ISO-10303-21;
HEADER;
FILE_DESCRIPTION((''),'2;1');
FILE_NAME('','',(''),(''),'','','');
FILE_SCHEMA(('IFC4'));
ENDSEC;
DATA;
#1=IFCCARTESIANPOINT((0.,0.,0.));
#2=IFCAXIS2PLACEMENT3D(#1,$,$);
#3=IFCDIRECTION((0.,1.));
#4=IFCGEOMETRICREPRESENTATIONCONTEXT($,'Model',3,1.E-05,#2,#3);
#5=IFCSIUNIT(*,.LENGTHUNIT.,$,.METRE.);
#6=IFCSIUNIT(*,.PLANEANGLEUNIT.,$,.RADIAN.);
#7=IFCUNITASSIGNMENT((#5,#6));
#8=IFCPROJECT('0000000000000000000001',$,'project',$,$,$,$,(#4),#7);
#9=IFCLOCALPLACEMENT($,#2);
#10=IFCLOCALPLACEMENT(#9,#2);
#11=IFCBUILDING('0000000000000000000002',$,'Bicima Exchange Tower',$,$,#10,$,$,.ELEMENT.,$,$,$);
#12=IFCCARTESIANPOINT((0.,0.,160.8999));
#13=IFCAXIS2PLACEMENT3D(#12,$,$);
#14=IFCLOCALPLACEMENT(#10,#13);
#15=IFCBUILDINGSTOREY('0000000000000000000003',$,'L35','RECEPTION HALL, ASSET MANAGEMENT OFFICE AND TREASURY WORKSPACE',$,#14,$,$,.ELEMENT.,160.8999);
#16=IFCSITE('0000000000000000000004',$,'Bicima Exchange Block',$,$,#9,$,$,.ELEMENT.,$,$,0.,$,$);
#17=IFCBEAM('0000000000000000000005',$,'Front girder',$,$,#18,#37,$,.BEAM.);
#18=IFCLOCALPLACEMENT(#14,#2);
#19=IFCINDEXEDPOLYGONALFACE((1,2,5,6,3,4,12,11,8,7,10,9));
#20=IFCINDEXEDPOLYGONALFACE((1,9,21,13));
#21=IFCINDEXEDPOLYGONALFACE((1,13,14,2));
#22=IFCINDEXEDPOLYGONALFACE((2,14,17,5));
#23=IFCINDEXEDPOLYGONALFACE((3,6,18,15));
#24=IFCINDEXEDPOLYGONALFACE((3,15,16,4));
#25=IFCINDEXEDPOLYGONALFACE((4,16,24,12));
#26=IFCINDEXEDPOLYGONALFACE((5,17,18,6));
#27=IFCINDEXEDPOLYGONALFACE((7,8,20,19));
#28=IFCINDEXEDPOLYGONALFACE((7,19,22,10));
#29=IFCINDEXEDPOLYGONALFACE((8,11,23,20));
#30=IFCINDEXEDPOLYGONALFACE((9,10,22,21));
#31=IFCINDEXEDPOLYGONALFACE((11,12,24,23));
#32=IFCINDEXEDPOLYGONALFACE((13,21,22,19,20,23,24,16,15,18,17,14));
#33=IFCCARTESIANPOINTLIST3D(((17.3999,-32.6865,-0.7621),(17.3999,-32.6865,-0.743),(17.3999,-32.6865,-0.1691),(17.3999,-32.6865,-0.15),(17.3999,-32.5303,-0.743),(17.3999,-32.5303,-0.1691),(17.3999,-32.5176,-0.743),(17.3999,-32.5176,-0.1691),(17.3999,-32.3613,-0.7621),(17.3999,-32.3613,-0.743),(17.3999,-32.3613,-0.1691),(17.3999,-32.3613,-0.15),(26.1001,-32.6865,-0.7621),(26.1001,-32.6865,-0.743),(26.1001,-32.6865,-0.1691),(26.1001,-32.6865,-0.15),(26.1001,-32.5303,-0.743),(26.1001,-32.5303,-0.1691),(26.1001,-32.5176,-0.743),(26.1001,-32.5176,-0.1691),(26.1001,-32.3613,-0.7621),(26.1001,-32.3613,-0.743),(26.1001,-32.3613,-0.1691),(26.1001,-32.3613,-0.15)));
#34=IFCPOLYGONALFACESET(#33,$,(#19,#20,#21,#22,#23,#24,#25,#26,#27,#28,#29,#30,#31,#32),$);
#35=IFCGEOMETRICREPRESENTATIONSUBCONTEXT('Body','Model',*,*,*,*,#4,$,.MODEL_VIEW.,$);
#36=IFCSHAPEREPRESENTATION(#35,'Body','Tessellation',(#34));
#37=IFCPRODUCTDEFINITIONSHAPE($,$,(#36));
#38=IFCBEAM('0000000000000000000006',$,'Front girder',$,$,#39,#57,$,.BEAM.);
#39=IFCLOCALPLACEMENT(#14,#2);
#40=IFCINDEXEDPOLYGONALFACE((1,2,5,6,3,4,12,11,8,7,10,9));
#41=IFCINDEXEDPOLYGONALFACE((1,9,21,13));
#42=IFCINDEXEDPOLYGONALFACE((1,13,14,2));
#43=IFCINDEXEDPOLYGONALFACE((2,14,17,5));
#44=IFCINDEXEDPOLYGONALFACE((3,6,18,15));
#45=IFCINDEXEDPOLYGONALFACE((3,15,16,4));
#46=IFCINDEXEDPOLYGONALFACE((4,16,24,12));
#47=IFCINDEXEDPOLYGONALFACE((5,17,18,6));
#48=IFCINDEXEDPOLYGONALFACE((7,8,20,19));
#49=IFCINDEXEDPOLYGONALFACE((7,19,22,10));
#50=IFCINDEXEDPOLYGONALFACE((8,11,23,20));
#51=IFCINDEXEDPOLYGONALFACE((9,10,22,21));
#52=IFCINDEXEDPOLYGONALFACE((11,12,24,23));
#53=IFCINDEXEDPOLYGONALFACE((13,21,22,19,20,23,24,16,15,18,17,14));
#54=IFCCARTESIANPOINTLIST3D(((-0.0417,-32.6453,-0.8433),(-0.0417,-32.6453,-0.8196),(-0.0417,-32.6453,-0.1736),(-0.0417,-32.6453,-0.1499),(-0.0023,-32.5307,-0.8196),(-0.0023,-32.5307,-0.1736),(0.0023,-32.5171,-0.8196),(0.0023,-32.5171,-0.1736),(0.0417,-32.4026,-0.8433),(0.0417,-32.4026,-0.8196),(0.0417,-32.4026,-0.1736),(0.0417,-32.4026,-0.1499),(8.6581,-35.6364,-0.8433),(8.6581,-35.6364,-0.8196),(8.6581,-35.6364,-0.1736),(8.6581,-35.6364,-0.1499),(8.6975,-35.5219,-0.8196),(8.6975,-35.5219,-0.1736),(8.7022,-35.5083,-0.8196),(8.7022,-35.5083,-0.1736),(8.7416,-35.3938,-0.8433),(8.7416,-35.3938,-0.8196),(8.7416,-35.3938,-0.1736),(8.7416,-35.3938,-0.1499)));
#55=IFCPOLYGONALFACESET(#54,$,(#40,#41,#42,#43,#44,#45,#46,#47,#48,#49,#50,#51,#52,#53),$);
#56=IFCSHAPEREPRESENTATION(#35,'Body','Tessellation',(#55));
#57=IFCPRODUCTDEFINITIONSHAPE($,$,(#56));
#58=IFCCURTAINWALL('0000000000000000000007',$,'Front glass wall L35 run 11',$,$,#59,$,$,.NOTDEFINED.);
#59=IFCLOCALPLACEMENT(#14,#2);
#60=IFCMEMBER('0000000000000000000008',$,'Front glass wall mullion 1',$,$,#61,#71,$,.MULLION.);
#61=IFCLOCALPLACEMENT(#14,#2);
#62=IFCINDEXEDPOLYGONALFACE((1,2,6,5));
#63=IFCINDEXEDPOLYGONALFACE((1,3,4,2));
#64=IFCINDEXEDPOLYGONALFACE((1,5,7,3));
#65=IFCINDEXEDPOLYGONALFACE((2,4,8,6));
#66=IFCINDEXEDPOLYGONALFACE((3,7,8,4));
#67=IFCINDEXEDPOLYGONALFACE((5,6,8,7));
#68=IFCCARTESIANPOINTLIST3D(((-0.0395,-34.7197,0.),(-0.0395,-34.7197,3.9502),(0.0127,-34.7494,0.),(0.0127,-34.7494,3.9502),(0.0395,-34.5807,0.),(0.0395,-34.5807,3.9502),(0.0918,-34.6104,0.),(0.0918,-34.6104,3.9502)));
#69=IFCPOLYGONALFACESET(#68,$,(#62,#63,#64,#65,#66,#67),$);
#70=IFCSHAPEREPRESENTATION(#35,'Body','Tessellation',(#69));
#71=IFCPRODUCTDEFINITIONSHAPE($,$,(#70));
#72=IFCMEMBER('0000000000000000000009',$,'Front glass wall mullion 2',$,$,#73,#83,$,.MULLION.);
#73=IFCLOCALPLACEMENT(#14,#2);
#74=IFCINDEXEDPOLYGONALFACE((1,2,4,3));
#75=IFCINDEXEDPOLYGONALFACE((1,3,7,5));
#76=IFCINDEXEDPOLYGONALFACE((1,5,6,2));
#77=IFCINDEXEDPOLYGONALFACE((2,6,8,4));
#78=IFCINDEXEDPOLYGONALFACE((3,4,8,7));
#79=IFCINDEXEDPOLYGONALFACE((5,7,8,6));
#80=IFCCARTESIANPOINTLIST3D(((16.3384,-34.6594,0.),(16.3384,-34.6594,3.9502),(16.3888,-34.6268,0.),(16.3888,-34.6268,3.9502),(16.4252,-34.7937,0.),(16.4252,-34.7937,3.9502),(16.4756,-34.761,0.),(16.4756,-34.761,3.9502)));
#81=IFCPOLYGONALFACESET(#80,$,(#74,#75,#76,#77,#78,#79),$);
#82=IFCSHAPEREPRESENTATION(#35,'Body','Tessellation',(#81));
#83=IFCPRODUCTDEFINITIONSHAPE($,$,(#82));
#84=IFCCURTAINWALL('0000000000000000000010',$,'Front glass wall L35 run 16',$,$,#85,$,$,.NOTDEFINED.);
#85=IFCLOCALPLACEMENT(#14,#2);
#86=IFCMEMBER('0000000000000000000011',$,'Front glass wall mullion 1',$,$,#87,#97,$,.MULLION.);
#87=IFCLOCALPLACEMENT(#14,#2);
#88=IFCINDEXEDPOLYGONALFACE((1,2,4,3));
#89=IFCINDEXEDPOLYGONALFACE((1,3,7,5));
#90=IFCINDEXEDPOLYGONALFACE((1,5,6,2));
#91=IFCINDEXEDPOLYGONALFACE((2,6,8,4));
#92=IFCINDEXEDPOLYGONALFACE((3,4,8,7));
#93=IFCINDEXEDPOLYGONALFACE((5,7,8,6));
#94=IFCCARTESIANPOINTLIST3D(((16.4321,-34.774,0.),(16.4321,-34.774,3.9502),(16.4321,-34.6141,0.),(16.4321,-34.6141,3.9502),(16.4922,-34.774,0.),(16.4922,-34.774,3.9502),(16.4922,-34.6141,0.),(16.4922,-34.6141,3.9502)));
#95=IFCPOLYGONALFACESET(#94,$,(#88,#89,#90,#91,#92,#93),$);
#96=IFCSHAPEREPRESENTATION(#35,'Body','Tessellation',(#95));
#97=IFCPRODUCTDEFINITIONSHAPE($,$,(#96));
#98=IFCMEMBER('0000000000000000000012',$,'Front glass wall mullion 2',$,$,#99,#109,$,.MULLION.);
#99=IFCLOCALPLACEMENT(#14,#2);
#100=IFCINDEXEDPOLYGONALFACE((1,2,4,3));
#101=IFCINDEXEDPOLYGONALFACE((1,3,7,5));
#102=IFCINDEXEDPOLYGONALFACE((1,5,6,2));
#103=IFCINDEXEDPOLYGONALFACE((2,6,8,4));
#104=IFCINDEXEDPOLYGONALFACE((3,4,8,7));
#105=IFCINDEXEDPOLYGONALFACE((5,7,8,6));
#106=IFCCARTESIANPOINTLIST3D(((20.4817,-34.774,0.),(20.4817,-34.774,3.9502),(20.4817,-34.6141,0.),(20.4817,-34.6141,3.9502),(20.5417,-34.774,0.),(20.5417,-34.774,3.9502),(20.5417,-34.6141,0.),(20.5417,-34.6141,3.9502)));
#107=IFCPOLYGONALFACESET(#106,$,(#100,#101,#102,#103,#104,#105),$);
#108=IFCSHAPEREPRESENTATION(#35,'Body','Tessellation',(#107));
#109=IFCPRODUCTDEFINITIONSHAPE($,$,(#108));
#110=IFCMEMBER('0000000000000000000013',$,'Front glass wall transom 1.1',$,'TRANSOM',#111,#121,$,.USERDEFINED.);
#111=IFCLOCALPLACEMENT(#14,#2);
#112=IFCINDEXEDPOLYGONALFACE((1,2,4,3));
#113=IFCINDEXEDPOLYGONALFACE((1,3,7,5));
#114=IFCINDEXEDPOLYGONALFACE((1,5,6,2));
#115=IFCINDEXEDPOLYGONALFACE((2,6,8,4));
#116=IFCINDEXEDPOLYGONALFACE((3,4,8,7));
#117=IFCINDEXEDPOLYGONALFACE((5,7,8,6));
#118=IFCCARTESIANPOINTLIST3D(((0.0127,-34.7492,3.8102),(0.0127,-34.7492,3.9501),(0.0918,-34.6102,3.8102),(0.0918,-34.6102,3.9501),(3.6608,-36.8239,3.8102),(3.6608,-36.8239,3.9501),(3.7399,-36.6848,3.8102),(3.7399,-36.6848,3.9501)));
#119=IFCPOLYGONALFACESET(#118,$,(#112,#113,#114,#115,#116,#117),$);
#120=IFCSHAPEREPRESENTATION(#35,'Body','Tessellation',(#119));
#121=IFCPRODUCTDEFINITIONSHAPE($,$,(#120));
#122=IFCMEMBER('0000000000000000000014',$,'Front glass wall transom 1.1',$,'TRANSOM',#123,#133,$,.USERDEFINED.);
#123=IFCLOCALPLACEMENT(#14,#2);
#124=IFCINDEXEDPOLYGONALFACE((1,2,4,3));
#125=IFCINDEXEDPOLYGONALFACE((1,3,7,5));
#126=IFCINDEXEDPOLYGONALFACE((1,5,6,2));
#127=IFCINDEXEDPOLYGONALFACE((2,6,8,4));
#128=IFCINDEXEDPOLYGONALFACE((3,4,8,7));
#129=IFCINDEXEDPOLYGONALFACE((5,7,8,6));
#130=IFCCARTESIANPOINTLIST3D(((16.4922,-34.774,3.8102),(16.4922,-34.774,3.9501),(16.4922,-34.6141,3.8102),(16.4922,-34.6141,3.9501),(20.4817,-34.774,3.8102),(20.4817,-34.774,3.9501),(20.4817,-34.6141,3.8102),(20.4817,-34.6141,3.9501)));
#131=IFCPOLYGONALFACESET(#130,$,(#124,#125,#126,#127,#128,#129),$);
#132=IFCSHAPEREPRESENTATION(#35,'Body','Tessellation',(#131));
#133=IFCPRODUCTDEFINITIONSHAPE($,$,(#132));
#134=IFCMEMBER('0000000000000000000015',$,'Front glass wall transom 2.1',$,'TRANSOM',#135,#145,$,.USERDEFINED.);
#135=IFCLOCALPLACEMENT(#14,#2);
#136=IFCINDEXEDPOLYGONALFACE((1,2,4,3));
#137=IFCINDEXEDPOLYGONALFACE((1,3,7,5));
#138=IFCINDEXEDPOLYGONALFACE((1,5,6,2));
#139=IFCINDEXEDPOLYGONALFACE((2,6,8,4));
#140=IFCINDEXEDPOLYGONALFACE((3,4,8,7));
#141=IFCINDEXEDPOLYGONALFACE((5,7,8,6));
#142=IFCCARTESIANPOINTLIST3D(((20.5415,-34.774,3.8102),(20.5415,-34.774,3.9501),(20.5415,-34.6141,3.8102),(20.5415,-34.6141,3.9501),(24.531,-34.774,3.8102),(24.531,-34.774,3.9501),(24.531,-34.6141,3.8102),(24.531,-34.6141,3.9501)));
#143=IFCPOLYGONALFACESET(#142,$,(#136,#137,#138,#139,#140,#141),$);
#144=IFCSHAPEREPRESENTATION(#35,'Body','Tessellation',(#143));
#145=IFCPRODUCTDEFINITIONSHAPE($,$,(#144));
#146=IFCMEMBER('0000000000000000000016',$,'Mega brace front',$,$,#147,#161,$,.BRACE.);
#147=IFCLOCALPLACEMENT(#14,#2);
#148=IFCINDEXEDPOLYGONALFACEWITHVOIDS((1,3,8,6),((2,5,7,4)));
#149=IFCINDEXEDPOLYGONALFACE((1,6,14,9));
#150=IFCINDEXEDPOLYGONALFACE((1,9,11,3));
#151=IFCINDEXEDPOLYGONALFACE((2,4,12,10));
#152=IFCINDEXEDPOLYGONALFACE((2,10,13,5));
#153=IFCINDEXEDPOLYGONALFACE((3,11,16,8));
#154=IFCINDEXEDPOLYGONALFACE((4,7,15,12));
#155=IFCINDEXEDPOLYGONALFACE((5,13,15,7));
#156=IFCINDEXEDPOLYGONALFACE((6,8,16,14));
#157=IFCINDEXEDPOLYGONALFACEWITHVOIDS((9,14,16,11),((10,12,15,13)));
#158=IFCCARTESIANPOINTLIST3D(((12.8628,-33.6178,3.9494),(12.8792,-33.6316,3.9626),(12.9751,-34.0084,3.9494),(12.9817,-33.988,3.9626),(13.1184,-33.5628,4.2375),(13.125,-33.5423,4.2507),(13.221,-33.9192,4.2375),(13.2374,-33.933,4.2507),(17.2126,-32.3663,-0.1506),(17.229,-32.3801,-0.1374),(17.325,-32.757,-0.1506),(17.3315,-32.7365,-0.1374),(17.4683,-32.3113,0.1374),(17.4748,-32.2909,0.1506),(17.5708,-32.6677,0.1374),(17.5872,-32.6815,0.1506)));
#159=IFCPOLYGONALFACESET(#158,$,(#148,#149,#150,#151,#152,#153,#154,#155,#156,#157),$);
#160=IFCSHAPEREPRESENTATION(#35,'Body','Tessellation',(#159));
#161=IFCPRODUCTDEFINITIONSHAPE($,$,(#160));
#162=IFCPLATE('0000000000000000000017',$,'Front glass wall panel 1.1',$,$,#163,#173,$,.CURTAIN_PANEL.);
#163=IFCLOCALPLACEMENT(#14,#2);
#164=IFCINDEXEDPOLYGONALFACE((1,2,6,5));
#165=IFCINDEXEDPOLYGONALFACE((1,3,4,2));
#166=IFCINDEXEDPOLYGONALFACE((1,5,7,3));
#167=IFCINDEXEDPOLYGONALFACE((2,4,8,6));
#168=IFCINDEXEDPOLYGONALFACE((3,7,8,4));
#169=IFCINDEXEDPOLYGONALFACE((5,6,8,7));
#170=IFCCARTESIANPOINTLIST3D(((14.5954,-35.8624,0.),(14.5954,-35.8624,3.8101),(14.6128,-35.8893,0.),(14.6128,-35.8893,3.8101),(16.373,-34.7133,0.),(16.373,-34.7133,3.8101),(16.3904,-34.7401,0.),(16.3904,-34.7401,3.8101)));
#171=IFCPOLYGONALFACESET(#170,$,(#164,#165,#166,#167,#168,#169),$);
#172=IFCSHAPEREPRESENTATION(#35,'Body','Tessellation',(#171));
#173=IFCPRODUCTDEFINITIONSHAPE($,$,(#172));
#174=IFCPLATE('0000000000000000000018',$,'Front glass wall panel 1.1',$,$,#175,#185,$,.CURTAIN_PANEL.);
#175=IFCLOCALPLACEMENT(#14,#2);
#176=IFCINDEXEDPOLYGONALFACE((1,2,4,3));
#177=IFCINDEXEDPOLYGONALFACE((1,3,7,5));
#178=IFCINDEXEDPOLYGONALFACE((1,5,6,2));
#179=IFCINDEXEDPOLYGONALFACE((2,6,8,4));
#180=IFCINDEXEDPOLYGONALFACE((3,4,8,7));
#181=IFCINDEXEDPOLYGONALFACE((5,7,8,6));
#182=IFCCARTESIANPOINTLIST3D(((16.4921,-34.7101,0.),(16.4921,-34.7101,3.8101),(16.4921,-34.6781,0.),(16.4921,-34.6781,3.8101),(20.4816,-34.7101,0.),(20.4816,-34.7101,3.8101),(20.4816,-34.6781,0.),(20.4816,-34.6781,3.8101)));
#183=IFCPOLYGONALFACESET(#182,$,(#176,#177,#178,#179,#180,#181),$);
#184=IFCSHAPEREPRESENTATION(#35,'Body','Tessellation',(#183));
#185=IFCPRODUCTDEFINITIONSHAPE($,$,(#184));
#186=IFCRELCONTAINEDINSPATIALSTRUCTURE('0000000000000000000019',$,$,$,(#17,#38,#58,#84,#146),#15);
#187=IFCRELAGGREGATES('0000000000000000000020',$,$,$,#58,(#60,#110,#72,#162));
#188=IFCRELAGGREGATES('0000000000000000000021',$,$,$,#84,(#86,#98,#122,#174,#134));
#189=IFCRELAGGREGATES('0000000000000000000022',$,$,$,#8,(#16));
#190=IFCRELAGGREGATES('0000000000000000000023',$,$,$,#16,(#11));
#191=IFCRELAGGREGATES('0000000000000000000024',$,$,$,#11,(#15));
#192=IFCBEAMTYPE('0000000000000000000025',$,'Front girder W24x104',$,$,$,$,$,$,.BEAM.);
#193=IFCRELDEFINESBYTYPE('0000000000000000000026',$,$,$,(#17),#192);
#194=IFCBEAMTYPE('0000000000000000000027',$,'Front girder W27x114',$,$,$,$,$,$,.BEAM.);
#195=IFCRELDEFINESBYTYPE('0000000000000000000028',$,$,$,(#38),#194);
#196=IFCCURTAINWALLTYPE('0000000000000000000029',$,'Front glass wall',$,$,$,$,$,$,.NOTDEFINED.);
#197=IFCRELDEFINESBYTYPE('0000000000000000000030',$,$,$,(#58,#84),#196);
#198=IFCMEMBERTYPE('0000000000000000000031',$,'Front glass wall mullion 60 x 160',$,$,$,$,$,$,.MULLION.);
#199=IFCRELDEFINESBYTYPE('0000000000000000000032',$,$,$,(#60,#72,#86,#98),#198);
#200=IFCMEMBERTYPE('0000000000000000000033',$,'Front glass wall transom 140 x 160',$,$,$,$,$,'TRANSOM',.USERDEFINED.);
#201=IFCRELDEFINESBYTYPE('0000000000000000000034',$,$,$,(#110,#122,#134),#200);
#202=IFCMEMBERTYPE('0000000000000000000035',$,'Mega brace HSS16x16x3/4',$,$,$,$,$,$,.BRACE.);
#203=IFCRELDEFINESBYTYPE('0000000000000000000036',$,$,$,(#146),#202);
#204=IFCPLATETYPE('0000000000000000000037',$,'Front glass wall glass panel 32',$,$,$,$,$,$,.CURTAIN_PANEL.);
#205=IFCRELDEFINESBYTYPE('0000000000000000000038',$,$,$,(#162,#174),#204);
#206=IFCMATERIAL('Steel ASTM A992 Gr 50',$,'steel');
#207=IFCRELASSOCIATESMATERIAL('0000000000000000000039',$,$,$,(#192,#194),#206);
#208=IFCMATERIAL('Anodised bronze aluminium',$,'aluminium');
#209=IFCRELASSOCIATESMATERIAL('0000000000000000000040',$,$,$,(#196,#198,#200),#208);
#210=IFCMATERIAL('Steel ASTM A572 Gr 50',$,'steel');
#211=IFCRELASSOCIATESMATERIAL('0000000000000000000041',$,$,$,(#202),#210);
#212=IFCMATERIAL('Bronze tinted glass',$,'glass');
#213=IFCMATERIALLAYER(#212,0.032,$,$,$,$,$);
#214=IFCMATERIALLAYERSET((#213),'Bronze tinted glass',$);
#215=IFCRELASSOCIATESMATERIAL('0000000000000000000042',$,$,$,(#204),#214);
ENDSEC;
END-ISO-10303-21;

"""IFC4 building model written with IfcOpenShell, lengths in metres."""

from ifc_helpers import new_model, si_unit, direction, frame, origin, origin_2d, place, context, subcontext, project, spatial, rectangle, hollow_rectangle, i_section, extrude, material, layer, layer_set, material_profile, profile_set, type_object, element, aggregate, save


model = new_model("IFC4")

# Units and contexts
model_context = context("Model", 3, precision=1e-05, world=origin(), true_north=direction((0.0, 1.0)))
body_context = subcontext(model_context, "Body", "Model", "MODEL_VIEW")
ifc_project = project(units=[si_unit("LENGTHUNIT", "METRE"), si_unit("PLANEANGLEUNIT", "RADIAN")], contexts=[model_context])

# Site, building, storey
site_placement = place(None, origin())
site = spatial("IfcSite", under=ifc_project, at=site_placement, Name="Bicima Exchange Block", CompositionType="ELEMENT", RefElevation=0.0)
building_placement = place(site_placement, origin())
building = spatial("IfcBuilding", under=site, at=building_placement, Name="Bicima Exchange Tower", CompositionType="ELEMENT")
storey_placement = place(building_placement, frame((0.0, 0.0, 160.8999)))
storey = spatial("IfcBuildingStorey", under=building, at=storey_placement, Name="L35", Description="RECEPTION HALL, ASSET MANAGEMENT OFFICE AND TREASURY WORKSPACE", CompositionType="ELEMENT", Elevation=160.8999)

# Shared definitions
ifc_material_1 = material(Name="Steel ASTM A992 Gr 50", Category="steel")

# Beams
ifc_material_profile_1 = material_profile(ifc_material_1, i_section(OverallWidth=0.3252, OverallDepth=0.6121, WebThickness=0.0127, FlangeThickness=0.019, at=origin_2d()))
ifc_profile_set_1 = profile_set([ifc_material_profile_1], Name="Steel ASTM A992 Gr 50")
beam_type_1 = type_object("IfcBeamType", Name="Front girder W24x104", PredefinedType="BEAM", material=ifc_profile_set_1)
beam_1_placement = place(storey_placement, frame((17.3999, -32.5239, -0.4561), z_axis=(1.0, 0.0, 0.0), x_axis=(0.0, 1.0, 0.0)))
element("IfcBeam", 1, at=beam_1_placement, inside=storey, type_object=beam_type_1, Name="Front girder", PredefinedType="BEAM", context=body_context, shape_type="SweptSolid", body=[
    extrude(i_section(OverallWidth=0.3252, OverallDepth=0.6121, WebThickness=0.0127, FlangeThickness=0.019, at=origin_2d()), origin(), (0.0, 0.0, 1.0), 8.7002),
])
ifc_material_profile_2 = material_profile(ifc_material_1, i_section(OverallWidth=0.2566, OverallDepth=0.6934, WebThickness=0.0144, FlangeThickness=0.0237, at=origin_2d()))
ifc_profile_set_2 = profile_set([ifc_material_profile_2], Name="Steel ASTM A992 Gr 50")
beam_type_2 = type_object("IfcBeamType", Name="Front girder W27x114", PredefinedType="BEAM", material=ifc_profile_set_2)
beam_2_placement = place(storey_placement, frame((0.0, -32.5239, -0.4966), z_axis=(0.945666, -0.325138, 0.0), x_axis=(0.325138, 0.945666, 0.0)))
element("IfcBeam", 2, at=beam_2_placement, inside=storey, type_object=beam_type_2, Name="Front girder", PredefinedType="BEAM", context=body_context, shape_type="SweptSolid", body=[
    extrude(i_section(OverallWidth=0.2566, OverallDepth=0.6934, WebThickness=0.0144, FlangeThickness=0.0237, at=origin_2d()), origin(), (0.0, 0.0, 1.0), 9.1997),
])

# Curtain walls, members
ifc_material_2 = material(Name="Anodised bronze aluminium", Category="aluminium")
curtain_wall_type = type_object("IfcCurtainWallType", Name="Front glass wall", PredefinedType="NOTDEFINED", material=ifc_material_2)
curtain_wall_1_placement = place(storey_placement, origin())
curtain_wall_1 = element("IfcCurtainWall", 3, at=curtain_wall_1_placement, inside=storey, type_object=curtain_wall_type, Name="Front glass wall L35 run 11", PredefinedType="NOTDEFINED")
ifc_material_profile_3 = material_profile(ifc_material_2, rectangle(XDim=0.1599, YDim=0.0601, at=origin_2d()))
ifc_profile_set_3 = profile_set([ifc_material_profile_3], Name="Anodised bronze aluminium")
member_type_1 = type_object("IfcMemberType", Name="Front glass wall mullion 60 x 160", PredefinedType="MULLION", material=ifc_profile_set_3)
member_1_placement = place(storey_placement, frame((0.0261, -34.665, 0.0), z_axis=(0.0, 0.0, 1.0), x_axis=(0.49433, 0.869274, 0.0)))
member_1 = element("IfcMember", 4, at=member_1_placement, type_object=member_type_1, Name="Front glass wall mullion 1", PredefinedType="MULLION", context=body_context, shape_type="SweptSolid", body=[
    extrude(rectangle(XDim=0.1599, YDim=0.0601, at=origin_2d()), origin(), (0.0, 0.0, 1.0), 3.9502),
])
member_2_placement = place(storey_placement, frame((16.407, -34.7102, 0.0), z_axis=(0.0, 0.0, 1.0), x_axis=(-0.542909, 0.839791, 0.0)))
member_2 = element("IfcMember", 5, at=member_2_placement, type_object=member_type_1, Name="Front glass wall mullion 2", PredefinedType="MULLION", context=body_context, shape_type="SweptSolid", body=[
    extrude(rectangle(XDim=0.1599, YDim=0.0601, at=origin_2d()), origin(), (0.0, 0.0, 1.0), 3.9502),
])
curtain_wall_2_placement = place(storey_placement, origin())
curtain_wall_2 = element("IfcCurtainWall", 6, at=curtain_wall_2_placement, inside=storey, type_object=curtain_wall_type, Name="Front glass wall L35 run 16", PredefinedType="NOTDEFINED")
member_3_placement = place(storey_placement, frame((16.4622, -34.6941, 0.0), z_axis=(0.0, 0.0, 1.0), x_axis=(0.0, 1.0, 0.0)))
member_3 = element("IfcMember", 7, at=member_3_placement, type_object=member_type_1, Name="Front glass wall mullion 1", PredefinedType="MULLION", context=body_context, shape_type="SweptSolid", body=[
    extrude(rectangle(XDim=0.1599, YDim=0.0601, at=origin_2d()), origin(), (0.0, 0.0, 1.0), 3.9502),
])
member_4_placement = place(storey_placement, frame((20.5117, -34.6941, 0.0), z_axis=(0.0, 0.0, 1.0), x_axis=(0.0, 1.0, 0.0)))
member_4 = element("IfcMember", 8, at=member_4_placement, type_object=member_type_1, Name="Front glass wall mullion 2", PredefinedType="MULLION", context=body_context, shape_type="SweptSolid", body=[
    extrude(rectangle(XDim=0.1599, YDim=0.0601, at=origin_2d()), origin(), (0.0, 0.0, 1.0), 3.9502),
])

# Members
ifc_material_profile_4 = material_profile(ifc_material_2, rectangle(XDim=0.1599, YDim=0.1399, at=origin_2d()))
ifc_profile_set_4 = profile_set([ifc_material_profile_4], Name="Anodised bronze aluminium")
member_type_2 = type_object("IfcMemberType", Name="Front glass wall transom 140 x 160", ElementType="TRANSOM", PredefinedType="USERDEFINED", material=ifc_profile_set_4)
member_5_placement = place(storey_placement, frame((0.0522, -34.6797, 3.8801), z_axis=(0.869265, -0.494346, 0.0), x_axis=(0.494346, 0.869265, 0.0)))
member_5 = element("IfcMember", 9, at=member_5_placement, type_object=member_type_2, Name="Front glass wall transom 1.1", ObjectType="TRANSOM", PredefinedType="USERDEFINED", context=body_context, shape_type="SweptSolid", body=[
    extrude(rectangle(XDim=0.1599, YDim=0.1399, at=origin_2d()), origin(), (0.0, 0.0, 1.0), 4.1968),
])
member_6_placement = place(storey_placement, frame((16.4922, -34.6941, 3.8801), z_axis=(1.0, 0.0, 0.0), x_axis=(0.0, 1.0, 0.0)))
member_6 = element("IfcMember", 10, at=member_6_placement, type_object=member_type_2, Name="Front glass wall transom 1.1", ObjectType="TRANSOM", PredefinedType="USERDEFINED", context=body_context, shape_type="SweptSolid", body=[
    extrude(rectangle(XDim=0.1599, YDim=0.1399, at=origin_2d()), origin(), (0.0, 0.0, 1.0), 3.9895),
])
member_7_placement = place(storey_placement, frame((20.5415, -34.6941, 3.8801), z_axis=(1.0, 0.0, 0.0), x_axis=(0.0, 1.0, 0.0)))
member_7 = element("IfcMember", 11, at=member_7_placement, type_object=member_type_2, Name="Front glass wall transom 2.1", ObjectType="TRANSOM", PredefinedType="USERDEFINED", context=body_context, shape_type="SweptSolid", body=[
    extrude(rectangle(XDim=0.1599, YDim=0.1399, at=origin_2d()), origin(), (0.0, 0.0, 1.0), 3.9895),
])
ifc_material_3 = material(Name="Steel ASTM A572 Gr 50", Category="steel")
ifc_material_profile_5 = material_profile(ifc_material_3, hollow_rectangle(XDim=0.4065, YDim=0.4065, WallThickness=0.0178, at=origin_2d()))
ifc_profile_set_5 = profile_set([ifc_material_profile_5], Name="Steel ASTM A572 Gr 50")
member_type_3 = type_object("IfcMemberType", Name="Mega brace HSS16x16x3/4", PredefinedType="BRACE", material=ifc_profile_set_5)
member_8_placement = place(storey_placement, frame((17.3999, -32.5239, 0.0), z_axis=(-0.712247, -0.204915, 0.671352), x_axis=(0.276487, -0.961018, 0.0)))
element("IfcMember", 12, at=member_8_placement, inside=storey, type_object=member_type_3, Name="Mega brace front", PredefinedType="BRACE", context=body_context, shape_type="SweptSolid", body=[
    extrude(hollow_rectangle(XDim=0.4065, YDim=0.4065, WallThickness=0.0178, at=origin_2d()), origin(), (0.0, 0.0, 1.0), 6.1072),
])

# Plates
ifc_material_4 = material(Name="Bronze tinted glass", Category="glass")
ifc_layer_1 = layer(ifc_material_4, 0.032)
ifc_layer_set_1 = layer_set([ifc_layer_1], Name="Bronze tinted glass")
plate_type = type_object("IfcPlateType", Name="Front glass wall glass panel 32", PredefinedType="CURTAIN_PANEL", material=ifc_layer_set_1)
plate_1_placement = place(storey_placement, frame((15.4929, -35.3013, 0.0), z_axis=(0.0, 0.0, 1.0), x_axis=(0.839791, 0.542909, 0.0)))
plate_1 = element("IfcPlate", 13, at=plate_1_placement, type_object=plate_type, Name="Front glass wall panel 1.1", PredefinedType="CURTAIN_PANEL", context=body_context, shape_type="SweptSolid", body=[
    extrude(rectangle(XDim=2.1167, YDim=0.032, at=origin_2d()), origin(), (0.0, 0.0, 1.0), 3.8101),
])
aggregate(curtain_wall_1, [member_1, member_5, member_2, plate_1])
plate_2_placement = place(storey_placement, frame((18.4868, -34.6941, 0.0), z_axis=(0.0, 0.0, 1.0), x_axis=(1.0, 0.0, 0.0)))
plate_2 = element("IfcPlate", 14, at=plate_2_placement, type_object=plate_type, Name="Front glass wall panel 1.1", PredefinedType="CURTAIN_PANEL", context=body_context, shape_type="SweptSolid", body=[
    extrude(rectangle(XDim=3.9895, YDim=0.032, at=origin_2d()), origin(), (0.0, 0.0, 1.0), 3.8101),
])
aggregate(curtain_wall_2, [member_3, member_4, member_6, plate_2, member_7])

save(model, "model.ifc")
